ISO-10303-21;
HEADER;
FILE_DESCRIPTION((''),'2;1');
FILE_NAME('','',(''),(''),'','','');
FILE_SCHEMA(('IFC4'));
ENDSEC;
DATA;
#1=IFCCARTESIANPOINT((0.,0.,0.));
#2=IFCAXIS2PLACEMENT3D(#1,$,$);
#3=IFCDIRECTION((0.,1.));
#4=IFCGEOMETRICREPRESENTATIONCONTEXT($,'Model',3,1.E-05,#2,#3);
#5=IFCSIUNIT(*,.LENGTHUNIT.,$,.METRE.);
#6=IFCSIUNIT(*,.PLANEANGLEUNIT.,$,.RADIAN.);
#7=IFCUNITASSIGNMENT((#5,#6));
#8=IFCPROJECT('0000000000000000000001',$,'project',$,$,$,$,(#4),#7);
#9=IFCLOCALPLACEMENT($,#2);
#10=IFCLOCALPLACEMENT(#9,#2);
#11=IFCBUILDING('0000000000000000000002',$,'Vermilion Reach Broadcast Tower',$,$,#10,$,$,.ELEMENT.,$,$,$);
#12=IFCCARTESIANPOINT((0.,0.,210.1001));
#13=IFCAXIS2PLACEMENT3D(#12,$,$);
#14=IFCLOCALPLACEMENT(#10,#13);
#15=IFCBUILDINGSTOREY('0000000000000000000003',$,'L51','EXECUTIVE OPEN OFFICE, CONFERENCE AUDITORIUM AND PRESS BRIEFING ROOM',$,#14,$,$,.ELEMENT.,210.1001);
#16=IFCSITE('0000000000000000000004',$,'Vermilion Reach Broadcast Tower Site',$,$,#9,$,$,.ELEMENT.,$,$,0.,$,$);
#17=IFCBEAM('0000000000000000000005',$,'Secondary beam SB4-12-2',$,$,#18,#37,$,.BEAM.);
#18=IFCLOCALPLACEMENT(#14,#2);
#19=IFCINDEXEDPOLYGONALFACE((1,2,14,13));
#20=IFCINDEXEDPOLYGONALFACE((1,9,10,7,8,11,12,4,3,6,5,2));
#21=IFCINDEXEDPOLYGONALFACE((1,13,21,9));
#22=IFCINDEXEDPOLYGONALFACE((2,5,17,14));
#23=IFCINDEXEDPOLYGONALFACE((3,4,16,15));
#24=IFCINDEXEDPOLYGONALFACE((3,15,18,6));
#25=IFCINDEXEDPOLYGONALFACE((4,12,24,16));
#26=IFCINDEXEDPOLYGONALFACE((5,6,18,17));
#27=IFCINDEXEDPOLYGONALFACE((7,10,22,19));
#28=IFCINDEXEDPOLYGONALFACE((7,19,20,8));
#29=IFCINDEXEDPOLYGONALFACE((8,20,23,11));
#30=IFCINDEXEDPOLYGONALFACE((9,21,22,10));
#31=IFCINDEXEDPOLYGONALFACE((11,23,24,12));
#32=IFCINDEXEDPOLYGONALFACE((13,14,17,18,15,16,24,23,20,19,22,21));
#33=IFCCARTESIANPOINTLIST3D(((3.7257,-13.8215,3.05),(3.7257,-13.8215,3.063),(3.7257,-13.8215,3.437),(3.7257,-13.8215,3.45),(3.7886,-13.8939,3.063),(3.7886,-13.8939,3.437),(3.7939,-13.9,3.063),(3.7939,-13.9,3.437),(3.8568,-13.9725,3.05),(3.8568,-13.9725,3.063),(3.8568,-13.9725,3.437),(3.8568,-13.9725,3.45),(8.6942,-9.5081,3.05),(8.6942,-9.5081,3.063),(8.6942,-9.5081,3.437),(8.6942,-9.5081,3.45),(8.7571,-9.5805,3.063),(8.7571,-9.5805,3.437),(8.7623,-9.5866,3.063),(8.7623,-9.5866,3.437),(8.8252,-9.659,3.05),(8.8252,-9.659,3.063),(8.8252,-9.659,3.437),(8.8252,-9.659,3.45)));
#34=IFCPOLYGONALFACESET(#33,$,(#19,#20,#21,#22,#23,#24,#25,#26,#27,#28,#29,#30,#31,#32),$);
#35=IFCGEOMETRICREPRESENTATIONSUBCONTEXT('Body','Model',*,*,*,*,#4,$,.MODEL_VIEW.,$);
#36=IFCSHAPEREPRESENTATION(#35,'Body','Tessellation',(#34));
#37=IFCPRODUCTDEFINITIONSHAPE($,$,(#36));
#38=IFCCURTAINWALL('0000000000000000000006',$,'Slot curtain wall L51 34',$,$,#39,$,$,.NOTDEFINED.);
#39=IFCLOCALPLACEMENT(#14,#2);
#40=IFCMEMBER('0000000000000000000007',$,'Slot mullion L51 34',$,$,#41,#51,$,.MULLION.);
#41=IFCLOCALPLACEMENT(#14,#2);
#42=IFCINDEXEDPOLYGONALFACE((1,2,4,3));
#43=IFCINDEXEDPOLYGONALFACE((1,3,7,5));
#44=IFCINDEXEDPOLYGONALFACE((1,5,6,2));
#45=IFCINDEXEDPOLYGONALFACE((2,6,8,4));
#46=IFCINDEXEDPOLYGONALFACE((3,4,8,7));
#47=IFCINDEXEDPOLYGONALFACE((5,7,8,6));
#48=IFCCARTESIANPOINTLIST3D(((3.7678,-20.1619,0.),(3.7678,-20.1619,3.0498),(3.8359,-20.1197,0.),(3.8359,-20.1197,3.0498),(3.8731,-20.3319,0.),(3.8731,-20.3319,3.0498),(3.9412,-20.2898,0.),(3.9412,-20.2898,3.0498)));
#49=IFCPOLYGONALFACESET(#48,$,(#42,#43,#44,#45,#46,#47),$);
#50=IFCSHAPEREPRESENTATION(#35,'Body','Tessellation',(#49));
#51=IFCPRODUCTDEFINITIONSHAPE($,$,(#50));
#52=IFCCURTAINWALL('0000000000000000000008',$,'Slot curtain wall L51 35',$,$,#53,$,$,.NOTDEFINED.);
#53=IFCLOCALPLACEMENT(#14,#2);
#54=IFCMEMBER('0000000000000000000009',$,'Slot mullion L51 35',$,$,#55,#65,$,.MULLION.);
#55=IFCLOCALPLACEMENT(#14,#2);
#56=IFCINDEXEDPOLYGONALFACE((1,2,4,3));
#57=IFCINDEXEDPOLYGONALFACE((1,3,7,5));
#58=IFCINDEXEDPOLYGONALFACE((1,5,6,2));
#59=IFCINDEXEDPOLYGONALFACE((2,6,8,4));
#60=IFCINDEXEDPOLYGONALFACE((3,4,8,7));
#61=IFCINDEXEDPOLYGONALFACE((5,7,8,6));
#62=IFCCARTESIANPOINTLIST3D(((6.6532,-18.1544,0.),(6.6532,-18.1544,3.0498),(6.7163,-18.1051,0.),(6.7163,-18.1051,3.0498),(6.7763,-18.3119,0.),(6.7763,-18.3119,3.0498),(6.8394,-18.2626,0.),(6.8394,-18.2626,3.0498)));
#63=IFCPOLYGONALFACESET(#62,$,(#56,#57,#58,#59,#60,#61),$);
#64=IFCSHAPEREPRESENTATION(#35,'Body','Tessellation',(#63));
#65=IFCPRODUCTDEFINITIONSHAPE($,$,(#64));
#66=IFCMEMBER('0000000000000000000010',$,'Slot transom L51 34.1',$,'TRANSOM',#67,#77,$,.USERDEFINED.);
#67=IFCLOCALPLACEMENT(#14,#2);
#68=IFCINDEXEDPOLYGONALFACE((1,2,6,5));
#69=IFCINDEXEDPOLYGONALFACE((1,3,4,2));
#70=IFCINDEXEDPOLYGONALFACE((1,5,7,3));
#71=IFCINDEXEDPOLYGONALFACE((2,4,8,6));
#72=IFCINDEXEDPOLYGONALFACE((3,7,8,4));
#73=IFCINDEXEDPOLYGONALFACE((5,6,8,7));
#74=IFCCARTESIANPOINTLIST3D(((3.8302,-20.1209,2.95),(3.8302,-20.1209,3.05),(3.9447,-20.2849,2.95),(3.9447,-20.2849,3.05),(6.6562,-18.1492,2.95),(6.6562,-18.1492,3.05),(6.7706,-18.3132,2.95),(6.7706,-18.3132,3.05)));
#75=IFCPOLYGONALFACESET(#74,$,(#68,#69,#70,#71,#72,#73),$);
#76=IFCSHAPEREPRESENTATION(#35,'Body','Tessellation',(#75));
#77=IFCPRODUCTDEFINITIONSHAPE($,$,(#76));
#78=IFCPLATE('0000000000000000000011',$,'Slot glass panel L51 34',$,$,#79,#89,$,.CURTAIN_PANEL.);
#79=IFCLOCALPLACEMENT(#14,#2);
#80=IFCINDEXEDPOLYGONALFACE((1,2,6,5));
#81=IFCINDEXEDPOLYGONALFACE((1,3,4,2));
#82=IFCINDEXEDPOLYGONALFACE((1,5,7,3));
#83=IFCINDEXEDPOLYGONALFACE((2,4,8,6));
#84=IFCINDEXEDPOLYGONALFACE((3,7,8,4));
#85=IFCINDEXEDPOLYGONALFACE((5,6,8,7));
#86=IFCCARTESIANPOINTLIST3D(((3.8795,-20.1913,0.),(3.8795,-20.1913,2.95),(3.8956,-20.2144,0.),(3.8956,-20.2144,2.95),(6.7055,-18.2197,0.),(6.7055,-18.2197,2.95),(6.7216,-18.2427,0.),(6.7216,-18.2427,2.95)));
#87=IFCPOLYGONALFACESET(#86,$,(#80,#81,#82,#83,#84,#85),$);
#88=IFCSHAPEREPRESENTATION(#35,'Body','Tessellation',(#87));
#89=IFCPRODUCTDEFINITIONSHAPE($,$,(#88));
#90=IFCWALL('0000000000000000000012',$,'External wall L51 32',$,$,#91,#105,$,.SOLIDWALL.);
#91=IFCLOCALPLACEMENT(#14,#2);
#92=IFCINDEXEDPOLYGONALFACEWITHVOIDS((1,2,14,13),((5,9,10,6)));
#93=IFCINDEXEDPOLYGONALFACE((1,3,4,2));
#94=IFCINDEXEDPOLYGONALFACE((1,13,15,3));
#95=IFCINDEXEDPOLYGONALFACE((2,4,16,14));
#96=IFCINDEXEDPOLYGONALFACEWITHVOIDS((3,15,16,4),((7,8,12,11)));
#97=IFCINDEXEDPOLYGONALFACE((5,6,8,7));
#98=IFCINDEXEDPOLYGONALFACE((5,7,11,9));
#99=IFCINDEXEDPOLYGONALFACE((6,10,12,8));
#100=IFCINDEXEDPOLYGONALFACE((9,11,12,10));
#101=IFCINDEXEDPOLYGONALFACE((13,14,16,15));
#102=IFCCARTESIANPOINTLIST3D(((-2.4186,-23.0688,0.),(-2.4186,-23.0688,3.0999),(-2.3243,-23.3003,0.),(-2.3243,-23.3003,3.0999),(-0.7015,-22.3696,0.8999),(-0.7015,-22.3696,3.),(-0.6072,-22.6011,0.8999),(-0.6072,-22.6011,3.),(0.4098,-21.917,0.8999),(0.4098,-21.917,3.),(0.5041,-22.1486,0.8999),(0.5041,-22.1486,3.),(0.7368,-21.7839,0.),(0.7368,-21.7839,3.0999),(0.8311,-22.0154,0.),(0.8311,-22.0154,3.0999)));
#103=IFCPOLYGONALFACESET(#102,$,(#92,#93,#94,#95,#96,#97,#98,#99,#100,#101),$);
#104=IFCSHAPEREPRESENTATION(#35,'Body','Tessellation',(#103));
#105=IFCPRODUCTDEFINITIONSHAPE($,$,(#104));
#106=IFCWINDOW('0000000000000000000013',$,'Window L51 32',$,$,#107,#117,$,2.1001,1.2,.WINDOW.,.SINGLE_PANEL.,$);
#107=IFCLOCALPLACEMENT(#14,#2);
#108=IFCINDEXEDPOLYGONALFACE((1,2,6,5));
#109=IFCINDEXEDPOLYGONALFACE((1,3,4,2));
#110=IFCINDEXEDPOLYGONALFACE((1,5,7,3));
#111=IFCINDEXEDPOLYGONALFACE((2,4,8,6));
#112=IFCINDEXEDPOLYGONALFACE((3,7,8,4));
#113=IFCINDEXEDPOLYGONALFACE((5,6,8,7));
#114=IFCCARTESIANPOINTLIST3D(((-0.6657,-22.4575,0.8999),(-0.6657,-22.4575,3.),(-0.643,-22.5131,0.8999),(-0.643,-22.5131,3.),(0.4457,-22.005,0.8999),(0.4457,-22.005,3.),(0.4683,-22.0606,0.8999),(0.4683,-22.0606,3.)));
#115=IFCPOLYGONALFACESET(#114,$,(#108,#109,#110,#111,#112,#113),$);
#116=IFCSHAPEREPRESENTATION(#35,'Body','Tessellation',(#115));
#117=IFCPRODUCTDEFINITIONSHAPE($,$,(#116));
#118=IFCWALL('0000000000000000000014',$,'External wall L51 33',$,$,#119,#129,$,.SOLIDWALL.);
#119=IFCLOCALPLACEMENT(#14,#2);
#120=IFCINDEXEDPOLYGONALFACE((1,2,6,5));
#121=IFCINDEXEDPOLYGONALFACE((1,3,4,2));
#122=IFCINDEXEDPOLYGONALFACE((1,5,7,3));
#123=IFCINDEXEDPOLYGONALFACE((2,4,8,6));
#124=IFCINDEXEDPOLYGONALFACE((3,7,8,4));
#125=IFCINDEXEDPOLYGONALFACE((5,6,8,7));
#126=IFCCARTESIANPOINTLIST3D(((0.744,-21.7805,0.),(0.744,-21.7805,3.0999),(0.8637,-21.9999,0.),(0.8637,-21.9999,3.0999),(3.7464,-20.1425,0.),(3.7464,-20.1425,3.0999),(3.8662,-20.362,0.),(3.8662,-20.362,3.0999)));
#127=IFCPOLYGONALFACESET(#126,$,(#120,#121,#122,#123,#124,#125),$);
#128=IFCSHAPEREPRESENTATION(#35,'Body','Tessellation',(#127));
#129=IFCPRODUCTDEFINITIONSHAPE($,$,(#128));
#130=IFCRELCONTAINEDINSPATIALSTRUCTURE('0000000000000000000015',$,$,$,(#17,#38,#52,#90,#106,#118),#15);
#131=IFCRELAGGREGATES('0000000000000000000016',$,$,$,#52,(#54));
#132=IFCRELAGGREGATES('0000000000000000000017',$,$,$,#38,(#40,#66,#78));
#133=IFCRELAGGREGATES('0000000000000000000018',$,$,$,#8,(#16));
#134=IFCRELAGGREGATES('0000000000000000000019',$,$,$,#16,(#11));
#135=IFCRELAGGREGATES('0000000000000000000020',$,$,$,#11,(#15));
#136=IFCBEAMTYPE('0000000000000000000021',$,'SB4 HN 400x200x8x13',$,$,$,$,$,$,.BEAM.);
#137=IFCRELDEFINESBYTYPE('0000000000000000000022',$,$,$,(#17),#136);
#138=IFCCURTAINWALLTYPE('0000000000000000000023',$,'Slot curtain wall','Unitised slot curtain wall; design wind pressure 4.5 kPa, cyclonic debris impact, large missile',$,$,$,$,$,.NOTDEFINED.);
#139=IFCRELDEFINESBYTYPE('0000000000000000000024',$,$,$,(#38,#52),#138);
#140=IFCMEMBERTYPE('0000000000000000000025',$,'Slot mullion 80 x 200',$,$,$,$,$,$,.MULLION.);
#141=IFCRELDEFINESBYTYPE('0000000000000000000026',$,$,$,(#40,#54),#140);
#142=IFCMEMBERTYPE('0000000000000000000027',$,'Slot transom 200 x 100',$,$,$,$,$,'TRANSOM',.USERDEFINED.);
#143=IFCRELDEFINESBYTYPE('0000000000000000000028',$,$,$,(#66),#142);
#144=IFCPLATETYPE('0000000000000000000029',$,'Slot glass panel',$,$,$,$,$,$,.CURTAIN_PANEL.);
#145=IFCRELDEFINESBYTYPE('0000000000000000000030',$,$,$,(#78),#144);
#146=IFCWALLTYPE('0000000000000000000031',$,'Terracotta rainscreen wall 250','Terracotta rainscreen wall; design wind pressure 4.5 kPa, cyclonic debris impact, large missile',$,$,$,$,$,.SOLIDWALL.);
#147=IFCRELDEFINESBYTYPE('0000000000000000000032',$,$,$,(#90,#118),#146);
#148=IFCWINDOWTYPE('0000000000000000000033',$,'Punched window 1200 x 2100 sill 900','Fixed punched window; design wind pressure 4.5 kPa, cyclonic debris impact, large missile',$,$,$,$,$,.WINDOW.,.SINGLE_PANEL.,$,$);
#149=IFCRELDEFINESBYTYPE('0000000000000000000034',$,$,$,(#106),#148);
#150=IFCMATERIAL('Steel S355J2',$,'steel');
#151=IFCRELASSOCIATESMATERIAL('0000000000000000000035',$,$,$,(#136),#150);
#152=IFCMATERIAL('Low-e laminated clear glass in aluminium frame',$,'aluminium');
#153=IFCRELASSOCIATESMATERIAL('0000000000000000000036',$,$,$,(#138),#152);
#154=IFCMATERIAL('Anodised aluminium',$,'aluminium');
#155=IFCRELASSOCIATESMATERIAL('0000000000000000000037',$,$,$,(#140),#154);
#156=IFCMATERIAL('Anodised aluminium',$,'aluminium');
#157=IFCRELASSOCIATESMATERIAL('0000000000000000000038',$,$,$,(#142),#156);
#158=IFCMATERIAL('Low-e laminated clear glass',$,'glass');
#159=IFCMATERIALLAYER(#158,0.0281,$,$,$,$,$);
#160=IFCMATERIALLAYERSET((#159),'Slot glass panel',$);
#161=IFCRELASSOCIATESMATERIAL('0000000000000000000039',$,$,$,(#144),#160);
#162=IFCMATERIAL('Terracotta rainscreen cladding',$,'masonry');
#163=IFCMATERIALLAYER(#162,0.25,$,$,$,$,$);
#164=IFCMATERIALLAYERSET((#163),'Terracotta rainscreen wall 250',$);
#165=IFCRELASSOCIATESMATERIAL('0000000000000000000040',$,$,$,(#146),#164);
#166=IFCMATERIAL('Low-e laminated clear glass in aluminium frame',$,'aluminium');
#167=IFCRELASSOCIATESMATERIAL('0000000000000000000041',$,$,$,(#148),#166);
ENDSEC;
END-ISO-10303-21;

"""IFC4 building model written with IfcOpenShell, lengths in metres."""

from ifc_helpers import new_model, si_unit, direction, frame, frame_2d, origin, origin_2d, place, context, subcontext, project, spatial, rectangle, i_section, extrude, material, layer, layer_set, material_profile, profile_set, type_object, element, fill, aggregate, save


model = new_model("IFC4")

# Units and contexts
model_context = context("Model", 3, precision=1e-05, world=origin(), true_north=direction((0.0, 1.0)))
body_context = subcontext(model_context, "Body", "Model", "MODEL_VIEW")
ifc_project = project(units=[si_unit("LENGTHUNIT", "METRE"), si_unit("PLANEANGLEUNIT", "RADIAN")], contexts=[model_context])

# Site, building, storey
site_placement = place(None, origin())
site = spatial("IfcSite", under=ifc_project, at=site_placement, Name="Vermilion Reach Broadcast Tower Site", CompositionType="ELEMENT", RefElevation=0.0)
building_placement = place(site_placement, origin())
building = spatial("IfcBuilding", under=site, at=building_placement, Name="Vermilion Reach Broadcast Tower", CompositionType="ELEMENT")
storey_placement = place(building_placement, frame((0.0, 0.0, 210.1001)))
storey = spatial("IfcBuildingStorey", under=building, at=storey_placement, Name="L51", Description="EXECUTIVE OPEN OFFICE, CONFERENCE AUDITORIUM AND PRESS BRIEFING ROOM", CompositionType="ELEMENT", Elevation=210.1001)

# Beam
ifc_material_1 = material(Name="Steel S355J2", Category="steel")
ifc_material_profile_1 = material_profile(ifc_material_1, i_section(OverallWidth=0.2, OverallDepth=0.3999, WebThickness=0.0081, FlangeThickness=0.0129, at=origin_2d()), Name="S355J2 HN 400x200x8x13")
ifc_profile_set_1 = profile_set([ifc_material_profile_1], Name="Steel S355J2")
beam_type_1 = type_object("IfcBeamType", Name="SB4 HN 400x200x8x13", PredefinedType="BEAM", material=ifc_profile_set_1)
beam_1_placement = place(storey_placement, frame((3.7913, -13.897, 3.25), z_axis=(0.755129, 0.655576, 0.0), x_axis=(-0.655576, 0.755129, 0.0)))
element("IfcBeam", 1, at=beam_1_placement, inside=storey, type_object=beam_type_1, Name="Secondary beam SB4-12-2", PredefinedType="BEAM", context=body_context, shape_type="SweptSolid", body=[
    extrude(i_section(OverallWidth=0.2, OverallDepth=0.3999, WebThickness=0.0081, FlangeThickness=0.0129, at=origin_2d()), origin(), (0.0, 0.0, 1.0), 6.5796),
])

# Curtain walls, members
ifc_material_2 = material(Name="Low-e laminated clear glass in aluminium frame", Category="aluminium")
curtain_wall_type = type_object("IfcCurtainWallType", Name="Slot curtain wall", Description="Unitised slot curtain wall; design wind pressure 4.5 kPa, cyclonic debris impact, large missile", PredefinedType="NOTDEFINED", material=ifc_material_2)
placement = place(storey_placement, origin())
curtain_wall_1 = element("IfcCurtainWall", 2, at=placement, inside=storey, type_object=curtain_wall_type, Name="Slot curtain wall L51 34", PredefinedType="NOTDEFINED")
ifc_material_3 = material(Name="Anodised aluminium", Category="aluminium")
ifc_material_profile_2 = material_profile(ifc_material_3, rectangle(XDim=0.2, YDim=0.0801, at=origin_2d()), Name="Slot mullion 80 x 200")
ifc_profile_set_2 = profile_set([ifc_material_profile_2], Name="Anodised aluminium")
member_type_1 = type_object("IfcMemberType", Name="Slot mullion 80 x 200", PredefinedType="MULLION", material=ifc_profile_set_2)
member_1_placement = place(storey_placement, frame((3.8545, -20.2258, 0.0), z_axis=(0.0, 0.0, 1.0), x_axis=(-0.526348, 0.850269, 0.0)))
member_1 = element("IfcMember", 3, at=member_1_placement, type_object=member_type_1, Name="Slot mullion L51 34", PredefinedType="MULLION", context=body_context, shape_type="SweptSolid", body=[
    extrude(rectangle(XDim=0.2, YDim=0.0801, at=origin_2d()), origin(), (0.0, 0.0, 1.0), 3.0498),
])
curtain_wall_2 = element("IfcCurtainWall", 4, at=placement, inside=storey, type_object=curtain_wall_type, Name="Slot curtain wall L51 35", PredefinedType="NOTDEFINED")
member_2_placement = place(storey_placement, frame((6.7463, -18.2085, 0.0), z_axis=(0.0, 0.0, 1.0), x_axis=(-0.61558, 0.788074, 0.0)))
member_2 = element("IfcMember", 5, at=member_2_placement, type_object=member_type_1, Name="Slot mullion L51 35", PredefinedType="MULLION", context=body_context, shape_type="SweptSolid", body=[
    extrude(rectangle(XDim=0.2, YDim=0.0801, at=origin_2d()), origin(), (0.0, 0.0, 1.0), 3.0498),
])
aggregate(curtain_wall_2, [member_2])

# Member
ifc_material_4 = material(Name="Anodised aluminium", Category="aluminium")
ifc_material_profile_3 = material_profile(ifc_material_4, rectangle(XDim=0.2, YDim=0.1001, at=origin_2d()), Name="Slot transom 200 x 100")
ifc_profile_set_3 = profile_set([ifc_material_profile_3], Name="Anodised aluminium")
member_type_2 = type_object("IfcMemberType", Name="Slot transom 200 x 100", ElementType="TRANSOM", PredefinedType="USERDEFINED", material=ifc_profile_set_3)
member_3_placement = place(storey_placement, frame((3.8875, -20.2029, 3.0), z_axis=(0.820113, 0.572202, 0.0), x_axis=(-0.572202, 0.820113, 0.0)))
member_3 = element("IfcMember", 6, at=member_3_placement, type_object=member_type_2, Name="Slot transom L51 34.1", ObjectType="TRANSOM", PredefinedType="USERDEFINED", context=body_context, shape_type="SweptSolid", body=[
    extrude(rectangle(XDim=0.2, YDim=0.1001, at=origin_2d()), origin(), (0.0, 0.0, 1.0), 3.4458),
])

# Plate
ifc_material_5 = material(Name="Low-e laminated clear glass", Category="glass")
ifc_layer_1 = layer(ifc_material_5, 0.0281)
ifc_layer_set_1 = layer_set([ifc_layer_1], Name="Slot glass panel")
plate_type = type_object("IfcPlateType", Name="Slot glass panel", PredefinedType="CURTAIN_PANEL", material=ifc_layer_set_1)
plate_placement = place(storey_placement, frame((5.3005, -19.217, 0.0), z_axis=(0.0, 0.0, 1.0), x_axis=(0.820127, 0.572181, 0.0)))
plate = element("IfcPlate", 7, at=plate_placement, type_object=plate_type, Name="Slot glass panel L51 34", PredefinedType="CURTAIN_PANEL", context=body_context, shape_type="SweptSolid", body=[
    extrude(rectangle(XDim=3.4458, YDim=0.0281, at=origin_2d()), origin(), (0.0, 0.0, 1.0), 2.95),
])
aggregate(curtain_wall_1, [member_1, member_3, plate])

# Wall, opening, window
ifc_material_6 = material(Name="Terracotta rainscreen cladding", Category="masonry")
ifc_layer_2 = layer(ifc_material_6, 0.25)
ifc_layer_set_2 = layer_set([ifc_layer_2], Name="Terracotta rainscreen wall 250")
wall_type = type_object("IfcWallType", Name="Terracotta rainscreen wall 250", Description="Terracotta rainscreen wall; design wind pressure 4.5 kPa, cyclonic debris impact, large missile", PredefinedType="SOLIDWALL", material=ifc_layer_set_2)
wall_1_placement = place(storey_placement, frame((-2.3716, -23.1846, 0.0), z_axis=(0.0, 0.0, 1.0), x_axis=(0.926161, 0.377128, 0.0)))
wall_1 = element("IfcWall", 8, at=wall_1_placement, inside=storey, type_object=wall_type, Name="External wall L51 32", PredefinedType="SOLIDWALL", context=body_context, shape_type="SweptSolid", body=[
    extrude(rectangle(XDim=3.407, YDim=0.25, at=frame_2d((1.7036, 0.0))), origin(), (0.0, 0.0, 1.0), 3.0999),
])
opening_placement = place(wall_1_placement, frame((1.854, 0.0, 0.8999)))
opening = element("IfcOpeningElement", 9, at=opening_placement, cuts=wall_1, PredefinedType="OPENING", context=body_context, shape_type="SweptSolid", body=[
    extrude(rectangle(XDim=1.2, YDim=2.1001, at=frame_2d((0.6001, 1.05))), frame((0.0, 0.135, 0.0), z_axis=(0.0, -1.0, 0.0), x_axis=(1.0, 0.0, 0.0)), (0.0, 0.0, 1.0), 0.27),
])
ifc_material_7 = material(Name="Low-e laminated clear glass in aluminium frame", Category="aluminium")
window_type = type_object("IfcWindowType", Name="Punched window 1200 x 2100 sill 900", Description="Fixed punched window; design wind pressure 4.5 kPa, cyclonic debris impact, large missile", PartitioningType="SINGLE_PANEL", PredefinedType="WINDOW", material=ifc_material_7)
window_placement = place(opening_placement, origin())
window = element("IfcWindow", 10, at=window_placement, inside=storey, type_object=window_type, Name="Window L51 32", OverallHeight=2.1001, OverallWidth=1.2, PartitioningType="SINGLE_PANEL", PredefinedType="WINDOW", context=body_context, shape_type="SweptSolid", body=[
    extrude(rectangle(XDim=1.2, YDim=2.1001, at=frame_2d((0.6001, 1.05))), frame((0.0, 0.03, 0.0), z_axis=(0.0, -1.0, 0.0), x_axis=(1.0, 0.0, 0.0)), (0.0, 0.0, 1.0), 0.0601),
])
fill(opening, window)

# Wall
wall_2_placement = place(storey_placement, frame((0.804, -21.8901, 0.0), z_axis=(0.0, 0.0, 1.0), x_axis=(0.877866, 0.478907, 0.0)))
element("IfcWall", 11, at=wall_2_placement, inside=storey, type_object=wall_type, Name="External wall L51 33", PredefinedType="SOLIDWALL", context=body_context, shape_type="SweptSolid", body=[
    extrude(rectangle(XDim=3.4202, YDim=0.25, at=frame_2d((1.71, 0.0))), origin(), (0.0, 0.0, 1.0), 3.0999),
])

save(model, "model.ifc")
